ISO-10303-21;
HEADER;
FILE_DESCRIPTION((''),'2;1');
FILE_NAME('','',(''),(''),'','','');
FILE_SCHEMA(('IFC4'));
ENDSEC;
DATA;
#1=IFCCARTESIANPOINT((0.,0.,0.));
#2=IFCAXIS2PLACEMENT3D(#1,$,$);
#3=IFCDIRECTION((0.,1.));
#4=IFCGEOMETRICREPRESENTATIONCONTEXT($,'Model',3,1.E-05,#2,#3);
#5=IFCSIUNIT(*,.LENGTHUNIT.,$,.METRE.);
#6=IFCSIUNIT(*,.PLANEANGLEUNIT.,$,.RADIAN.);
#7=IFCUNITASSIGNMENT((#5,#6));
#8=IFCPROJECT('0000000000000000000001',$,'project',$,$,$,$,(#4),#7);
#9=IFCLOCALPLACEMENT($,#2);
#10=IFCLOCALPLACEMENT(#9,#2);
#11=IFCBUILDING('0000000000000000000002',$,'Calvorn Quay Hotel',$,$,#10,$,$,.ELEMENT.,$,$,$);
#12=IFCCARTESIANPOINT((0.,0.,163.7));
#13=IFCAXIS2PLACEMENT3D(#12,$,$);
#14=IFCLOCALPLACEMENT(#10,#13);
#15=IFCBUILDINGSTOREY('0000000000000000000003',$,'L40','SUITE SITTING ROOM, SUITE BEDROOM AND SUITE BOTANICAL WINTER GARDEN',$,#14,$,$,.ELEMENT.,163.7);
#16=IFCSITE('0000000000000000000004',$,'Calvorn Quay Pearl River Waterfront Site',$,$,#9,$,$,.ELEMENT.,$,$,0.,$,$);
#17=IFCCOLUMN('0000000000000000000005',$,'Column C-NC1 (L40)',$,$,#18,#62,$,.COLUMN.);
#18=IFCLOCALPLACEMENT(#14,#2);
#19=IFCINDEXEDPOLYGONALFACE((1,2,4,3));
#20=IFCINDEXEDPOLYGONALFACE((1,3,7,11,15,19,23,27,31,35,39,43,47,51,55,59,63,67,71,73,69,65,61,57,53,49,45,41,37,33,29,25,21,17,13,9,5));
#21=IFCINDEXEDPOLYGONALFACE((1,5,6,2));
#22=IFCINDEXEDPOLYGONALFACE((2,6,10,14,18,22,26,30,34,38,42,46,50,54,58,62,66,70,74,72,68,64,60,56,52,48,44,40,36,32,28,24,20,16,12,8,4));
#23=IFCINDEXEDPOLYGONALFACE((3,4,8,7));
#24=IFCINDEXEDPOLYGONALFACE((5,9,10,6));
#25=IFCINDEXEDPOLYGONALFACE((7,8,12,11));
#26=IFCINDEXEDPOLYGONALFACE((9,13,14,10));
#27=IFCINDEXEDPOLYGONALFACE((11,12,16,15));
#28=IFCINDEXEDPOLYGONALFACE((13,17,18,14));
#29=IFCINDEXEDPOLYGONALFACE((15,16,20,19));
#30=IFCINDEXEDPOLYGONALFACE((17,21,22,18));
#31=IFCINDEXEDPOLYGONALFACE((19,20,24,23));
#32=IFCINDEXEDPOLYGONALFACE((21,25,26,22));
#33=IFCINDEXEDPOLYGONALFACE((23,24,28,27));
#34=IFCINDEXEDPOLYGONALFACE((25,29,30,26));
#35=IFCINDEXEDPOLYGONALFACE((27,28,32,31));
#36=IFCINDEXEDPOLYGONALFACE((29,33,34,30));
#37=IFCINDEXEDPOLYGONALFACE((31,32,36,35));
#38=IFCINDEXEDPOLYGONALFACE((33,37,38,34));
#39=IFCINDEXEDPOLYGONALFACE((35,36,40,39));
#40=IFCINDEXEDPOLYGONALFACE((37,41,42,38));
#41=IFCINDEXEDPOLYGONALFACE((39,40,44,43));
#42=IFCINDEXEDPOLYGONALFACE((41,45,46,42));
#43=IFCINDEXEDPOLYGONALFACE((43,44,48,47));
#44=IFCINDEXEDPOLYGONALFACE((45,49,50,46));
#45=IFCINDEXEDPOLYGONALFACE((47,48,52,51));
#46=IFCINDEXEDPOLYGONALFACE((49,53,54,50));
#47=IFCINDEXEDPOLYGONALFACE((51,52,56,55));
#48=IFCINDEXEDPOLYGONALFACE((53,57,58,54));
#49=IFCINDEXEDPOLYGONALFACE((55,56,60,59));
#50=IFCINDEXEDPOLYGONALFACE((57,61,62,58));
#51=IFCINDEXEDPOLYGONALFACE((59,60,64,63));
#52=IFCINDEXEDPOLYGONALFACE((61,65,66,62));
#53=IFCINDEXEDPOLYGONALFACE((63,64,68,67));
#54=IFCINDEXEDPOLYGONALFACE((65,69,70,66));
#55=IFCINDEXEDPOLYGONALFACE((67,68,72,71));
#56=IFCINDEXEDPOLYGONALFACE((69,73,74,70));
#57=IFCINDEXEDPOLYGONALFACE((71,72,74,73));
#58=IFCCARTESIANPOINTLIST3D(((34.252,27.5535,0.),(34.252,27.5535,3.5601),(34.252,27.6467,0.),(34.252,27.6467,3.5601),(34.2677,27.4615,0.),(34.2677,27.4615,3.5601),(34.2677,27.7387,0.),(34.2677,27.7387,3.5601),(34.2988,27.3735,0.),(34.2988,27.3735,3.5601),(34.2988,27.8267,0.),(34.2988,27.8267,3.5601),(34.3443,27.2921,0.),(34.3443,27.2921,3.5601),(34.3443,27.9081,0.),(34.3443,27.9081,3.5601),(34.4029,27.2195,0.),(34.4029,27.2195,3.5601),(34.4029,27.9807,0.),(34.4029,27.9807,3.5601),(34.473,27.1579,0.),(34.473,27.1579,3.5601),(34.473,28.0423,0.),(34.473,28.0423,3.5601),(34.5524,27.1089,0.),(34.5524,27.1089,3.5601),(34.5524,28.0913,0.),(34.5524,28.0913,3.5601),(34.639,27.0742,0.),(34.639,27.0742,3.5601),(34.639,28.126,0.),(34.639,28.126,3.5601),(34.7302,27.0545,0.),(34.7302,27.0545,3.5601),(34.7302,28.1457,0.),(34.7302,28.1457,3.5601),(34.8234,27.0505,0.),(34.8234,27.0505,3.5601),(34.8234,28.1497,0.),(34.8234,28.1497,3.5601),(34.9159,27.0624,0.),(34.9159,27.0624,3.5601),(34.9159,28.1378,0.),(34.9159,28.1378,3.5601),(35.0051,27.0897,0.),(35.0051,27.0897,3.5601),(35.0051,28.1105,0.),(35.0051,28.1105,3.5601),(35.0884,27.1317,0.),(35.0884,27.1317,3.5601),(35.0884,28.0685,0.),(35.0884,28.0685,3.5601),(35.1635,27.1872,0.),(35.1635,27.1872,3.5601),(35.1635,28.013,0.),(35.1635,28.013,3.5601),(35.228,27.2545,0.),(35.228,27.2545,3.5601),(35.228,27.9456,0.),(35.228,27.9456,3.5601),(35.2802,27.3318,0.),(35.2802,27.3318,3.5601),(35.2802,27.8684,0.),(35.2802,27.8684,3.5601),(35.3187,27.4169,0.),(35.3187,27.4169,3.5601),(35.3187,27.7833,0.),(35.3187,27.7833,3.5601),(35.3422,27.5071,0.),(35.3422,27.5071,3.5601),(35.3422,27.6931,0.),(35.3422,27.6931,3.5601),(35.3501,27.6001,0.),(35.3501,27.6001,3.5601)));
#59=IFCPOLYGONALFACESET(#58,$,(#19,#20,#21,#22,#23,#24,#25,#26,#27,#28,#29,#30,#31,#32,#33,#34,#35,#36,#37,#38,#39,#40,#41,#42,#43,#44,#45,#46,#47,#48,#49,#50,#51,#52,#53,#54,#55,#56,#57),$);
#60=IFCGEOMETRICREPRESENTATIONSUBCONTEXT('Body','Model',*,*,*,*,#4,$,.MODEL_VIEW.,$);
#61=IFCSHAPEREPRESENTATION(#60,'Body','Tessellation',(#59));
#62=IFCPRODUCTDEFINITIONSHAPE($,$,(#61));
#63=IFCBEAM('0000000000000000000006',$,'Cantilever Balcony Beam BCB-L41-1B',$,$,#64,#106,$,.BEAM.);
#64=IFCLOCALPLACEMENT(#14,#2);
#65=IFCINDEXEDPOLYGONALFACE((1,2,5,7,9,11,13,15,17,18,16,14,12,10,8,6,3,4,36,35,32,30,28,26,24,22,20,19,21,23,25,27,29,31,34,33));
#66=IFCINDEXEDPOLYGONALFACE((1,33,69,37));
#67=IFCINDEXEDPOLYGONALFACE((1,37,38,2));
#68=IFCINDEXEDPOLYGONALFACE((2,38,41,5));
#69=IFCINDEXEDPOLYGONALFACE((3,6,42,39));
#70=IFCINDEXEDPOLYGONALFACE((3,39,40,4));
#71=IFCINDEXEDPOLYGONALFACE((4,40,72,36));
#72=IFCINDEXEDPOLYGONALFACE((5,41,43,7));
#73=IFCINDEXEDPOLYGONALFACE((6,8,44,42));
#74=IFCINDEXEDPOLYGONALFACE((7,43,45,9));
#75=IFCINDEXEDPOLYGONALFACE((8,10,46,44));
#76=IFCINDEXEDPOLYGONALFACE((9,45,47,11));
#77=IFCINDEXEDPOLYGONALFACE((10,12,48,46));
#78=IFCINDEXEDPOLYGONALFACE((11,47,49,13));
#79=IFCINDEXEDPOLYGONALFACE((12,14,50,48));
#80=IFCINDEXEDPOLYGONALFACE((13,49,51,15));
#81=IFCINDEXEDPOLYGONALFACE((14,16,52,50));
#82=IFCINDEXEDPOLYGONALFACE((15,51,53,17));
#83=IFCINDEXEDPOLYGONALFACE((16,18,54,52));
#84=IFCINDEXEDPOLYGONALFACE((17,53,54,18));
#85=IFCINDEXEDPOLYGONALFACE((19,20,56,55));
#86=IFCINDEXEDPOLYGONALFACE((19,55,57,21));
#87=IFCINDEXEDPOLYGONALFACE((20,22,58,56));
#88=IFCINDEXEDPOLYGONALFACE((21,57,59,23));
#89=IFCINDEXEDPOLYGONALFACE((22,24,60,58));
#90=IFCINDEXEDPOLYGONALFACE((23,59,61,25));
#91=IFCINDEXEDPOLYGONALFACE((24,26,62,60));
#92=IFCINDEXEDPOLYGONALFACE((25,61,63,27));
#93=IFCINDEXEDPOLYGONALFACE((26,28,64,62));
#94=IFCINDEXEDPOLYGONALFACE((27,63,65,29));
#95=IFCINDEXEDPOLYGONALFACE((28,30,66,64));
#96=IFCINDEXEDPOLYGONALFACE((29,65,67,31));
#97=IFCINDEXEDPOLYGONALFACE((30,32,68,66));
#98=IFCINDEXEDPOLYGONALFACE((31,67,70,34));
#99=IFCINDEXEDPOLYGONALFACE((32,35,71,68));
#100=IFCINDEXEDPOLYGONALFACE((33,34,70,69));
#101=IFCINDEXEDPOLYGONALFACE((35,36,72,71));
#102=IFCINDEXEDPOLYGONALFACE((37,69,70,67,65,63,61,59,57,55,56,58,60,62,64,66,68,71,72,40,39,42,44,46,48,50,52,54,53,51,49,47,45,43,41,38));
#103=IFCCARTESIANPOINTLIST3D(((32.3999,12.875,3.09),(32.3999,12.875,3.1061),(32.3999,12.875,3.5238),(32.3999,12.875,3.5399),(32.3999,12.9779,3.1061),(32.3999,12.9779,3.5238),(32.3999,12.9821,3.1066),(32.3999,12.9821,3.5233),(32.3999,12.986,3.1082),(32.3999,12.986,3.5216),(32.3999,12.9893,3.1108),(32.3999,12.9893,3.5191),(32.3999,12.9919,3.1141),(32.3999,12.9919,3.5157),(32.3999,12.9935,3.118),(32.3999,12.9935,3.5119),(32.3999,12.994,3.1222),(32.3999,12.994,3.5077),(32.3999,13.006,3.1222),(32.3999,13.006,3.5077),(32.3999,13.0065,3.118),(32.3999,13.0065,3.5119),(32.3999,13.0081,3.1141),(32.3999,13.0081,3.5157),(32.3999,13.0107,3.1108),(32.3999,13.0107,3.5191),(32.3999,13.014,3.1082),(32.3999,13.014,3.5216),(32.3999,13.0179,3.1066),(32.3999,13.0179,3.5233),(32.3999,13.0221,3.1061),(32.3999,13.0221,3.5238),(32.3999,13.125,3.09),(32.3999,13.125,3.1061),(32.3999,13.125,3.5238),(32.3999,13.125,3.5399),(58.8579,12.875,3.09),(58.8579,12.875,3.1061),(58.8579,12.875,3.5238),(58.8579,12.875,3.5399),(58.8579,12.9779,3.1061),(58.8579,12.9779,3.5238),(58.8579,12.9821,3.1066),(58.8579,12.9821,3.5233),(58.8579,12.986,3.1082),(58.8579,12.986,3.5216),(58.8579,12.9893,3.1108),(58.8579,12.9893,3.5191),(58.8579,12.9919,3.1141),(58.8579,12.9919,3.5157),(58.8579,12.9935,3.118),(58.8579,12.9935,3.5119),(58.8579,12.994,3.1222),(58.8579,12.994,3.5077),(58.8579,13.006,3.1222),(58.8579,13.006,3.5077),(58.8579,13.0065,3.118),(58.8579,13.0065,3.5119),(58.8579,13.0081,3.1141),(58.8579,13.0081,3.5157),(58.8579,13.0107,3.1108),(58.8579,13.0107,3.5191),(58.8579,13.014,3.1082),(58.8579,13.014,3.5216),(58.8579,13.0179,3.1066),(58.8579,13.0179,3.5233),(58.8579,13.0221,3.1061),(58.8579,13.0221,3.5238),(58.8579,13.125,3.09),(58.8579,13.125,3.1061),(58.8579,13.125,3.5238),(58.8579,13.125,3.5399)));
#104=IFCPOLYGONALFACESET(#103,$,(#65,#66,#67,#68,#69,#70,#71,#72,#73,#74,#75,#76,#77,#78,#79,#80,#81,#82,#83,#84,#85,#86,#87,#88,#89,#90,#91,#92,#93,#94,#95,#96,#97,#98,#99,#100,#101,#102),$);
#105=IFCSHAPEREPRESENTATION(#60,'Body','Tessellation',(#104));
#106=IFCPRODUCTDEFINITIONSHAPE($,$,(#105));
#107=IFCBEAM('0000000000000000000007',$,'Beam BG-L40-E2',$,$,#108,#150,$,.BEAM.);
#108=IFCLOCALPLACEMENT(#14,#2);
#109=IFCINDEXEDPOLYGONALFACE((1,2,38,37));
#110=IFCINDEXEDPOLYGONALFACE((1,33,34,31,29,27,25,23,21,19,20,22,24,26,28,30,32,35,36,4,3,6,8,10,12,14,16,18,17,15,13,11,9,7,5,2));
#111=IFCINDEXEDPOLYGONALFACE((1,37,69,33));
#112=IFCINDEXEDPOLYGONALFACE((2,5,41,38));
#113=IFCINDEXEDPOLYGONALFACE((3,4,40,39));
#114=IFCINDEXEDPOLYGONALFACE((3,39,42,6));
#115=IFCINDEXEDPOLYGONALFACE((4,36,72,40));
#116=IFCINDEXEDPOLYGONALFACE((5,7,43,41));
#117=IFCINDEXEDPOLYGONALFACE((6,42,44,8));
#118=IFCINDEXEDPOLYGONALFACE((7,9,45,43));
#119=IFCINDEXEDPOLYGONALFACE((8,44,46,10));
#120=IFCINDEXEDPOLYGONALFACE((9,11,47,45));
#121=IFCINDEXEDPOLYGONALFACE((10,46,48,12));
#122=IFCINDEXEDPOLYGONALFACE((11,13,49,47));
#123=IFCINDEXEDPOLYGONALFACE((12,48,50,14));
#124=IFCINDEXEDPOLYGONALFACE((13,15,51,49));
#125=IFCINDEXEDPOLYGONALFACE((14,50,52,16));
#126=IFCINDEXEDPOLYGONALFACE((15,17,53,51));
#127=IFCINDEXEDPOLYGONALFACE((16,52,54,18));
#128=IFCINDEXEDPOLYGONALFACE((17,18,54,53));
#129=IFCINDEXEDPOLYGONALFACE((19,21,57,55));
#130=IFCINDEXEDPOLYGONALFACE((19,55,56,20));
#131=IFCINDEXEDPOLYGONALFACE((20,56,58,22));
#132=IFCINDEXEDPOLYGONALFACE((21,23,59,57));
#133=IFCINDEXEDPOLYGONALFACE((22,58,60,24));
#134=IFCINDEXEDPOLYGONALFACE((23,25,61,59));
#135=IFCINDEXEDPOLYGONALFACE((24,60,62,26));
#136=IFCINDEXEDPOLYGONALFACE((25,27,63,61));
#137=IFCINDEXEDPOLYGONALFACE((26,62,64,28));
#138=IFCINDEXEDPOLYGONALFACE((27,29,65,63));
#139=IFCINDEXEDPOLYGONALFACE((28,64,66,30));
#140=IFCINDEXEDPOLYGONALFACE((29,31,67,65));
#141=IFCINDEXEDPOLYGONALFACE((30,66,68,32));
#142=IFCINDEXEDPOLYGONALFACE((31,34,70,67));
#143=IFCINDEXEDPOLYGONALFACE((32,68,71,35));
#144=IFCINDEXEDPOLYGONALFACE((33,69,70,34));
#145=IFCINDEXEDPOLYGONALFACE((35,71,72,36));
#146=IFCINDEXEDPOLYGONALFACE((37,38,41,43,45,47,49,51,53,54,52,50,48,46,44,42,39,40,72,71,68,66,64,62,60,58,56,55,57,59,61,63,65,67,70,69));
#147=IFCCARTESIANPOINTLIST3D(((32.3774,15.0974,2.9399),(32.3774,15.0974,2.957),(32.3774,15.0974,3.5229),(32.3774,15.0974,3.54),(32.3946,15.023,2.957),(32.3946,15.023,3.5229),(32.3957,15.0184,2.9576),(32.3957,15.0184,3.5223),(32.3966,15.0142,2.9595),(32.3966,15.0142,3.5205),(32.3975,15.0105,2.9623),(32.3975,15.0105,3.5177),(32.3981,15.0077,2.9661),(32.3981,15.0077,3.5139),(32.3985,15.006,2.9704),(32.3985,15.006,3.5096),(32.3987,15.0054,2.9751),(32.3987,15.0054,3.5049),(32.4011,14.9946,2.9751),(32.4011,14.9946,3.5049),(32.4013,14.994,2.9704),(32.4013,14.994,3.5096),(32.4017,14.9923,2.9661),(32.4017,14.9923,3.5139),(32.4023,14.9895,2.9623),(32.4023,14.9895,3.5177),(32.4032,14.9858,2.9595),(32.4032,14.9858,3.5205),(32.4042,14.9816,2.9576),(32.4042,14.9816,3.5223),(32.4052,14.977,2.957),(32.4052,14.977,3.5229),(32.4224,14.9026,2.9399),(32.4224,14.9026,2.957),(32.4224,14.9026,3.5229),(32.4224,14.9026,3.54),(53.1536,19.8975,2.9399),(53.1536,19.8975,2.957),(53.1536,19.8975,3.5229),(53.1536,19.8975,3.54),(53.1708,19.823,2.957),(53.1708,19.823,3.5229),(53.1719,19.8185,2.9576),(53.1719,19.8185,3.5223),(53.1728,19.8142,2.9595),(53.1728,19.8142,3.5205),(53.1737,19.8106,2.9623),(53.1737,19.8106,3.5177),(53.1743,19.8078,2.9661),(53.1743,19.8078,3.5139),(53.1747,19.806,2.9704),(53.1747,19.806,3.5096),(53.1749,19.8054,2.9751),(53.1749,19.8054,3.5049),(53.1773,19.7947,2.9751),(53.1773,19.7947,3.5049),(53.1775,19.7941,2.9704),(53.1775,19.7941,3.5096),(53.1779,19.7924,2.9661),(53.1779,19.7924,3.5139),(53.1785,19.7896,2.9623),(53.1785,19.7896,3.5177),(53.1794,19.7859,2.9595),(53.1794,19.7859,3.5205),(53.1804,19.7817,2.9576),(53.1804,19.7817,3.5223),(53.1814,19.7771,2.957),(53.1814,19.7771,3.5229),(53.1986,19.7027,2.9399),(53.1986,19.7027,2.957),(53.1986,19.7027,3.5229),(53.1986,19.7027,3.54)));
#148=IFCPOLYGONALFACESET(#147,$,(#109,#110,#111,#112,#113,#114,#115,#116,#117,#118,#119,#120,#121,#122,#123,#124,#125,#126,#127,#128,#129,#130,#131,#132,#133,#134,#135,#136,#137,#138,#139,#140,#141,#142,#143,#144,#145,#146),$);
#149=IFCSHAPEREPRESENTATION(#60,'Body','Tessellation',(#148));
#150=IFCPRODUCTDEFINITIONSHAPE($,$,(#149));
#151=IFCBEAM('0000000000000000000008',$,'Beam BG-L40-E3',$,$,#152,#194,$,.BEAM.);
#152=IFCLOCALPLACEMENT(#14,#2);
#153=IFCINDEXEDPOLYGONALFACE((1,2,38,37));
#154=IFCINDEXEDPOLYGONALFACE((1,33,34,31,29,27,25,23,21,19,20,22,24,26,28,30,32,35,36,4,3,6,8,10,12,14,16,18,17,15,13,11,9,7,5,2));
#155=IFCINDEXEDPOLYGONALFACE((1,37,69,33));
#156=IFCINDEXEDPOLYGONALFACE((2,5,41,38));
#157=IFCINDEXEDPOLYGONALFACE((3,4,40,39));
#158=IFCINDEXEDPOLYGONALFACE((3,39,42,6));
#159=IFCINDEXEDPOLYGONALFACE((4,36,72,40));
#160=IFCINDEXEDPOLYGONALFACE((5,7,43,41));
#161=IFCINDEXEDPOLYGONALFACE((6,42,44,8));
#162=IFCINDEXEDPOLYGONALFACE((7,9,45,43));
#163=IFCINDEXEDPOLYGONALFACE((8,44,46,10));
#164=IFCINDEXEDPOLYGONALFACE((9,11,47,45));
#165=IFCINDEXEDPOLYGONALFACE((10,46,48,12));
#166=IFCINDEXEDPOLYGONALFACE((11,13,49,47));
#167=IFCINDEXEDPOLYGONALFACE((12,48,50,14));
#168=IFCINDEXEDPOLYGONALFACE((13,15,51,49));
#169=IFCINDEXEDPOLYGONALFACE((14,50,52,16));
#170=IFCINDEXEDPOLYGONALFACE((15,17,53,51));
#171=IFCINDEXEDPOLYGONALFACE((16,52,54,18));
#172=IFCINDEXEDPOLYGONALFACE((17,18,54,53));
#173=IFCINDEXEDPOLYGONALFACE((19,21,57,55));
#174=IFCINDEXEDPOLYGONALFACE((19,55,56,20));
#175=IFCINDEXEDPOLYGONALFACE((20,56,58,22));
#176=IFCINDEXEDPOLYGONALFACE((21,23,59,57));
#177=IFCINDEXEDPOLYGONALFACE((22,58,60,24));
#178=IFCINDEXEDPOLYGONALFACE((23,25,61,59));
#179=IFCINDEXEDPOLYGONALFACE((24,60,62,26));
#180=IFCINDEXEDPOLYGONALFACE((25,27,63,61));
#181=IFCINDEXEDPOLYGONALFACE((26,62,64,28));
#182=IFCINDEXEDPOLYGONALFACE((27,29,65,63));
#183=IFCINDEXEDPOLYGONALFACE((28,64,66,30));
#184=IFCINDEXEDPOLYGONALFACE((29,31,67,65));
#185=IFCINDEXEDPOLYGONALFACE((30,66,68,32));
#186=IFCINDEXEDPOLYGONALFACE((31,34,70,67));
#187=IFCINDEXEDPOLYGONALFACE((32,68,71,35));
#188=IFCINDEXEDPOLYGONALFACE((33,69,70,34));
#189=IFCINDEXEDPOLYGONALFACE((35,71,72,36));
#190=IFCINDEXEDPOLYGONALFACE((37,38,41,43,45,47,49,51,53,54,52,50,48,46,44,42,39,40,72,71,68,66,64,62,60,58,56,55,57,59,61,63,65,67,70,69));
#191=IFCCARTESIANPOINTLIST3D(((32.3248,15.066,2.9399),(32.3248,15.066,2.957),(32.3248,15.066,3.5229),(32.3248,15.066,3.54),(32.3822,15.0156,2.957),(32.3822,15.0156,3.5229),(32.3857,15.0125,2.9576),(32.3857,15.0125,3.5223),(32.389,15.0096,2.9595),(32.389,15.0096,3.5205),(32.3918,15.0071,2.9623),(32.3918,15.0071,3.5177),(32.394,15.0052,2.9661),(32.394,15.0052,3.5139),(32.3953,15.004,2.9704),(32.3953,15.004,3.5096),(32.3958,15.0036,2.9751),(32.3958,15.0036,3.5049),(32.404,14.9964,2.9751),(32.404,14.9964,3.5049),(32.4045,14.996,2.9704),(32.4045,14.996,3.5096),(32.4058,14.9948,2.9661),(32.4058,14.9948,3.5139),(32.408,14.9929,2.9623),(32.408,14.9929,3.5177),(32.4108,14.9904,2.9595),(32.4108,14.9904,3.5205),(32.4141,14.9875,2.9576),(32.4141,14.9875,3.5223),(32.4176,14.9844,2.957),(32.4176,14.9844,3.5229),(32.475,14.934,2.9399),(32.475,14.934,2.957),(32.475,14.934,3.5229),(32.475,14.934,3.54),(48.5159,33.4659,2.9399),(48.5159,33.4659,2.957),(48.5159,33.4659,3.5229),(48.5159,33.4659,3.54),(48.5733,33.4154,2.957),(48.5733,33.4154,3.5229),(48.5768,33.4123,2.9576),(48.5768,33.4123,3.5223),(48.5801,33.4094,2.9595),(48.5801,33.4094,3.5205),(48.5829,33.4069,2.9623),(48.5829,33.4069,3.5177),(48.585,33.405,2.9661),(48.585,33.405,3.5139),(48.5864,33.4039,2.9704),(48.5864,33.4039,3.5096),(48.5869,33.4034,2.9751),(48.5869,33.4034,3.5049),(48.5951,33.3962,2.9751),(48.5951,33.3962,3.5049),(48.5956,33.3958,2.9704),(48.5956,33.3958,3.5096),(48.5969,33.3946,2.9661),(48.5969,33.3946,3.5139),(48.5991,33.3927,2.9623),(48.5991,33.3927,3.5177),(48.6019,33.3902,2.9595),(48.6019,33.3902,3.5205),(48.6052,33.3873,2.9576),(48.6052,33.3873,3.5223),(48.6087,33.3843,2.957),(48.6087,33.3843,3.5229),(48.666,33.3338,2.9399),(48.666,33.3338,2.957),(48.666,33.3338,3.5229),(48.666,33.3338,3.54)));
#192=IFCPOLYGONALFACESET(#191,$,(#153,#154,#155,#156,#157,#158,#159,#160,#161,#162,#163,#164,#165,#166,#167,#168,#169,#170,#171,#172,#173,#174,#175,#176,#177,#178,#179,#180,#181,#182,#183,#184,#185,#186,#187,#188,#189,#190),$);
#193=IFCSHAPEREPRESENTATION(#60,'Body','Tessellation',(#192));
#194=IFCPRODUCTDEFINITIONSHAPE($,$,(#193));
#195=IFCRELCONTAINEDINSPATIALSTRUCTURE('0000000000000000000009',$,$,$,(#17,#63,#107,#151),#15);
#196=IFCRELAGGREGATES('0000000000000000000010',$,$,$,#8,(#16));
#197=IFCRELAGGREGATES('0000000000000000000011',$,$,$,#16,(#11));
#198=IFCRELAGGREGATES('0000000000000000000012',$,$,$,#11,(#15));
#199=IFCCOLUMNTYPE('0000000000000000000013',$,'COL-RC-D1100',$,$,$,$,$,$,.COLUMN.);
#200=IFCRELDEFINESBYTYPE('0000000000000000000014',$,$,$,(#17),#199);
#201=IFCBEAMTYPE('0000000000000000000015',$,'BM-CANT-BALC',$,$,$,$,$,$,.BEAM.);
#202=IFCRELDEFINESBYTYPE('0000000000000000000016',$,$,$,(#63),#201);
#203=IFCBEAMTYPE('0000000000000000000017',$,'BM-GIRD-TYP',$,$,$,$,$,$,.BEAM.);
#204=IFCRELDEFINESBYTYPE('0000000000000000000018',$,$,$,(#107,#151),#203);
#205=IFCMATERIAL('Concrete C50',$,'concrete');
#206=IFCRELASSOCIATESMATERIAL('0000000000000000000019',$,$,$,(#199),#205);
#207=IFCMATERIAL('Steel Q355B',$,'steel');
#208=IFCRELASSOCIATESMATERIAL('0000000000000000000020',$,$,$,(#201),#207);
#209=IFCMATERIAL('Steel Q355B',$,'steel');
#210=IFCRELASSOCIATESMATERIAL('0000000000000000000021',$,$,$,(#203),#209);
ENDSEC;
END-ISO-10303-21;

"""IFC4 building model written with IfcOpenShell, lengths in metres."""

from ifc_helpers import new_model, si_unit, direction, frame, origin, origin_2d, place, context, subcontext, project, spatial, circle, i_section, extrude, material, material_profile, profile_set, type_object, element, save


model = new_model("IFC4")

# Units and contexts
model_context = context("Model", 3, precision=1e-05, world=origin(), true_north=direction((0.0, 1.0)))
body_context = subcontext(model_context, "Body", "Model", "MODEL_VIEW")
ifc_project = project(units=[si_unit("LENGTHUNIT", "METRE"), si_unit("PLANEANGLEUNIT", "RADIAN")], contexts=[model_context])

# Site, building, storey
site_placement = place(None, origin())
site = spatial("IfcSite", under=ifc_project, at=site_placement, Name="Calvorn Quay Pearl River Waterfront Site", CompositionType="ELEMENT", RefElevation=0.0)
building_placement = place(site_placement, origin())
building = spatial("IfcBuilding", under=site, at=building_placement, Name="Calvorn Quay Hotel", CompositionType="ELEMENT")
storey_placement = place(building_placement, frame((0.0, 0.0, 163.7)))
storey = spatial("IfcBuildingStorey", under=building, at=storey_placement, Name="L40", Description="SUITE SITTING ROOM, SUITE BEDROOM AND SUITE BOTANICAL WINTER GARDEN", CompositionType="ELEMENT", Elevation=163.7)

# Column
ifc_material_1 = material(Name="Concrete C50", Category="concrete")
ifc_material_profile_1 = material_profile(ifc_material_1, circle(Radius=0.55, at=origin_2d()), Name="RCD1100")
ifc_profile_set_1 = profile_set([ifc_material_profile_1], Name="Concrete C50")
column_type = type_object("IfcColumnType", Name="COL-RC-D1100", PredefinedType="COLUMN", material=ifc_profile_set_1)
column_placement = place(storey_placement, frame((34.8, 27.6001, 0.0), z_axis=(0.0, 0.0, 1.0), x_axis=(1.0, 0.0, 0.0)))
element("IfcColumn", 1, at=column_placement, inside=storey, type_object=column_type, Name="Column C-NC1 (L40)", PredefinedType="COLUMN", context=body_context, shape_type="SweptSolid", body=[
    extrude(circle(Radius=0.55, at=origin_2d()), origin(), (0.0, 0.0, 1.0), 3.5601),
])

# Beams
ifc_material_2 = material(Name="Steel Q355B", Category="steel")
ifc_material_profile_2 = material_profile(ifc_material_2, i_section(OverallWidth=0.25, OverallDepth=0.45, WebThickness=0.012, FlangeThickness=0.0161, FilletRadius=0.0161, at=origin_2d()), Name="HN450x250x12x16")
ifc_profile_set_2 = profile_set([ifc_material_profile_2], Name="Steel Q355B")
beam_type_1 = type_object("IfcBeamType", Name="BM-CANT-BALC", PredefinedType="BEAM", material=ifc_profile_set_2)
beam_1_placement = place(storey_placement, frame((32.3999, 13.0, 3.3149), z_axis=(1.0, 0.0, 0.0), x_axis=(0.0, 1.0, 0.0)))
element("IfcBeam", 2, at=beam_1_placement, inside=storey, type_object=beam_type_1, Name="Cantilever Balcony Beam BCB-L41-1B", PredefinedType="BEAM", context=body_context, shape_type="SweptSolid", body=[
    extrude(i_section(OverallWidth=0.25, OverallDepth=0.45, WebThickness=0.012, FlangeThickness=0.0161, FilletRadius=0.0161, at=origin_2d()), origin(), (0.0, 0.0, 1.0), 26.458),
])
ifc_material_3 = material(Name="Steel Q355B", Category="steel")
ifc_material_profile_3 = material_profile(ifc_material_3, i_section(OverallWidth=0.2, OverallDepth=0.6001, WebThickness=0.011, FlangeThickness=0.0171, FilletRadius=0.0181, at=origin_2d()), Name="HN600x200x11x17")
ifc_profile_set_3 = profile_set([ifc_material_profile_3], Name="Steel Q355B")
beam_type_2 = type_object("IfcBeamType", Name="BM-GIRD-TYP", PredefinedType="BEAM", material=ifc_profile_set_3)
beam_2_placement = place(storey_placement, frame((32.3999, 15.0, 3.24), z_axis=(0.974334, 0.225107, 0.0), x_axis=(-0.225107, 0.974334, 0.0)))
element("IfcBeam", 3, at=beam_2_placement, inside=storey, type_object=beam_type_2, Name="Beam BG-L40-E2", PredefinedType="BEAM", context=body_context, shape_type="SweptSolid", body=[
    extrude(i_section(OverallWidth=0.2, OverallDepth=0.6001, WebThickness=0.011, FlangeThickness=0.0171, FilletRadius=0.0181, at=origin_2d()), origin(), (0.0, 0.0, 1.0), 21.3235),
])
beam_3_placement = place(storey_placement, frame((32.3999, 15.0, 3.24), z_axis=(0.660611, 0.750729, 0.0), x_axis=(-0.750729, 0.660611, 0.0)))
element("IfcBeam", 4, at=beam_3_placement, inside=storey, type_object=beam_type_2, Name="Beam BG-L40-E3", PredefinedType="BEAM", context=body_context, shape_type="SweptSolid", body=[
    extrude(i_section(OverallWidth=0.2, OverallDepth=0.6001, WebThickness=0.011, FlangeThickness=0.0171, FilletRadius=0.0181, at=origin_2d()), origin(), (0.0, 0.0, 1.0), 24.5093),
])

save(model, "model.ifc")
